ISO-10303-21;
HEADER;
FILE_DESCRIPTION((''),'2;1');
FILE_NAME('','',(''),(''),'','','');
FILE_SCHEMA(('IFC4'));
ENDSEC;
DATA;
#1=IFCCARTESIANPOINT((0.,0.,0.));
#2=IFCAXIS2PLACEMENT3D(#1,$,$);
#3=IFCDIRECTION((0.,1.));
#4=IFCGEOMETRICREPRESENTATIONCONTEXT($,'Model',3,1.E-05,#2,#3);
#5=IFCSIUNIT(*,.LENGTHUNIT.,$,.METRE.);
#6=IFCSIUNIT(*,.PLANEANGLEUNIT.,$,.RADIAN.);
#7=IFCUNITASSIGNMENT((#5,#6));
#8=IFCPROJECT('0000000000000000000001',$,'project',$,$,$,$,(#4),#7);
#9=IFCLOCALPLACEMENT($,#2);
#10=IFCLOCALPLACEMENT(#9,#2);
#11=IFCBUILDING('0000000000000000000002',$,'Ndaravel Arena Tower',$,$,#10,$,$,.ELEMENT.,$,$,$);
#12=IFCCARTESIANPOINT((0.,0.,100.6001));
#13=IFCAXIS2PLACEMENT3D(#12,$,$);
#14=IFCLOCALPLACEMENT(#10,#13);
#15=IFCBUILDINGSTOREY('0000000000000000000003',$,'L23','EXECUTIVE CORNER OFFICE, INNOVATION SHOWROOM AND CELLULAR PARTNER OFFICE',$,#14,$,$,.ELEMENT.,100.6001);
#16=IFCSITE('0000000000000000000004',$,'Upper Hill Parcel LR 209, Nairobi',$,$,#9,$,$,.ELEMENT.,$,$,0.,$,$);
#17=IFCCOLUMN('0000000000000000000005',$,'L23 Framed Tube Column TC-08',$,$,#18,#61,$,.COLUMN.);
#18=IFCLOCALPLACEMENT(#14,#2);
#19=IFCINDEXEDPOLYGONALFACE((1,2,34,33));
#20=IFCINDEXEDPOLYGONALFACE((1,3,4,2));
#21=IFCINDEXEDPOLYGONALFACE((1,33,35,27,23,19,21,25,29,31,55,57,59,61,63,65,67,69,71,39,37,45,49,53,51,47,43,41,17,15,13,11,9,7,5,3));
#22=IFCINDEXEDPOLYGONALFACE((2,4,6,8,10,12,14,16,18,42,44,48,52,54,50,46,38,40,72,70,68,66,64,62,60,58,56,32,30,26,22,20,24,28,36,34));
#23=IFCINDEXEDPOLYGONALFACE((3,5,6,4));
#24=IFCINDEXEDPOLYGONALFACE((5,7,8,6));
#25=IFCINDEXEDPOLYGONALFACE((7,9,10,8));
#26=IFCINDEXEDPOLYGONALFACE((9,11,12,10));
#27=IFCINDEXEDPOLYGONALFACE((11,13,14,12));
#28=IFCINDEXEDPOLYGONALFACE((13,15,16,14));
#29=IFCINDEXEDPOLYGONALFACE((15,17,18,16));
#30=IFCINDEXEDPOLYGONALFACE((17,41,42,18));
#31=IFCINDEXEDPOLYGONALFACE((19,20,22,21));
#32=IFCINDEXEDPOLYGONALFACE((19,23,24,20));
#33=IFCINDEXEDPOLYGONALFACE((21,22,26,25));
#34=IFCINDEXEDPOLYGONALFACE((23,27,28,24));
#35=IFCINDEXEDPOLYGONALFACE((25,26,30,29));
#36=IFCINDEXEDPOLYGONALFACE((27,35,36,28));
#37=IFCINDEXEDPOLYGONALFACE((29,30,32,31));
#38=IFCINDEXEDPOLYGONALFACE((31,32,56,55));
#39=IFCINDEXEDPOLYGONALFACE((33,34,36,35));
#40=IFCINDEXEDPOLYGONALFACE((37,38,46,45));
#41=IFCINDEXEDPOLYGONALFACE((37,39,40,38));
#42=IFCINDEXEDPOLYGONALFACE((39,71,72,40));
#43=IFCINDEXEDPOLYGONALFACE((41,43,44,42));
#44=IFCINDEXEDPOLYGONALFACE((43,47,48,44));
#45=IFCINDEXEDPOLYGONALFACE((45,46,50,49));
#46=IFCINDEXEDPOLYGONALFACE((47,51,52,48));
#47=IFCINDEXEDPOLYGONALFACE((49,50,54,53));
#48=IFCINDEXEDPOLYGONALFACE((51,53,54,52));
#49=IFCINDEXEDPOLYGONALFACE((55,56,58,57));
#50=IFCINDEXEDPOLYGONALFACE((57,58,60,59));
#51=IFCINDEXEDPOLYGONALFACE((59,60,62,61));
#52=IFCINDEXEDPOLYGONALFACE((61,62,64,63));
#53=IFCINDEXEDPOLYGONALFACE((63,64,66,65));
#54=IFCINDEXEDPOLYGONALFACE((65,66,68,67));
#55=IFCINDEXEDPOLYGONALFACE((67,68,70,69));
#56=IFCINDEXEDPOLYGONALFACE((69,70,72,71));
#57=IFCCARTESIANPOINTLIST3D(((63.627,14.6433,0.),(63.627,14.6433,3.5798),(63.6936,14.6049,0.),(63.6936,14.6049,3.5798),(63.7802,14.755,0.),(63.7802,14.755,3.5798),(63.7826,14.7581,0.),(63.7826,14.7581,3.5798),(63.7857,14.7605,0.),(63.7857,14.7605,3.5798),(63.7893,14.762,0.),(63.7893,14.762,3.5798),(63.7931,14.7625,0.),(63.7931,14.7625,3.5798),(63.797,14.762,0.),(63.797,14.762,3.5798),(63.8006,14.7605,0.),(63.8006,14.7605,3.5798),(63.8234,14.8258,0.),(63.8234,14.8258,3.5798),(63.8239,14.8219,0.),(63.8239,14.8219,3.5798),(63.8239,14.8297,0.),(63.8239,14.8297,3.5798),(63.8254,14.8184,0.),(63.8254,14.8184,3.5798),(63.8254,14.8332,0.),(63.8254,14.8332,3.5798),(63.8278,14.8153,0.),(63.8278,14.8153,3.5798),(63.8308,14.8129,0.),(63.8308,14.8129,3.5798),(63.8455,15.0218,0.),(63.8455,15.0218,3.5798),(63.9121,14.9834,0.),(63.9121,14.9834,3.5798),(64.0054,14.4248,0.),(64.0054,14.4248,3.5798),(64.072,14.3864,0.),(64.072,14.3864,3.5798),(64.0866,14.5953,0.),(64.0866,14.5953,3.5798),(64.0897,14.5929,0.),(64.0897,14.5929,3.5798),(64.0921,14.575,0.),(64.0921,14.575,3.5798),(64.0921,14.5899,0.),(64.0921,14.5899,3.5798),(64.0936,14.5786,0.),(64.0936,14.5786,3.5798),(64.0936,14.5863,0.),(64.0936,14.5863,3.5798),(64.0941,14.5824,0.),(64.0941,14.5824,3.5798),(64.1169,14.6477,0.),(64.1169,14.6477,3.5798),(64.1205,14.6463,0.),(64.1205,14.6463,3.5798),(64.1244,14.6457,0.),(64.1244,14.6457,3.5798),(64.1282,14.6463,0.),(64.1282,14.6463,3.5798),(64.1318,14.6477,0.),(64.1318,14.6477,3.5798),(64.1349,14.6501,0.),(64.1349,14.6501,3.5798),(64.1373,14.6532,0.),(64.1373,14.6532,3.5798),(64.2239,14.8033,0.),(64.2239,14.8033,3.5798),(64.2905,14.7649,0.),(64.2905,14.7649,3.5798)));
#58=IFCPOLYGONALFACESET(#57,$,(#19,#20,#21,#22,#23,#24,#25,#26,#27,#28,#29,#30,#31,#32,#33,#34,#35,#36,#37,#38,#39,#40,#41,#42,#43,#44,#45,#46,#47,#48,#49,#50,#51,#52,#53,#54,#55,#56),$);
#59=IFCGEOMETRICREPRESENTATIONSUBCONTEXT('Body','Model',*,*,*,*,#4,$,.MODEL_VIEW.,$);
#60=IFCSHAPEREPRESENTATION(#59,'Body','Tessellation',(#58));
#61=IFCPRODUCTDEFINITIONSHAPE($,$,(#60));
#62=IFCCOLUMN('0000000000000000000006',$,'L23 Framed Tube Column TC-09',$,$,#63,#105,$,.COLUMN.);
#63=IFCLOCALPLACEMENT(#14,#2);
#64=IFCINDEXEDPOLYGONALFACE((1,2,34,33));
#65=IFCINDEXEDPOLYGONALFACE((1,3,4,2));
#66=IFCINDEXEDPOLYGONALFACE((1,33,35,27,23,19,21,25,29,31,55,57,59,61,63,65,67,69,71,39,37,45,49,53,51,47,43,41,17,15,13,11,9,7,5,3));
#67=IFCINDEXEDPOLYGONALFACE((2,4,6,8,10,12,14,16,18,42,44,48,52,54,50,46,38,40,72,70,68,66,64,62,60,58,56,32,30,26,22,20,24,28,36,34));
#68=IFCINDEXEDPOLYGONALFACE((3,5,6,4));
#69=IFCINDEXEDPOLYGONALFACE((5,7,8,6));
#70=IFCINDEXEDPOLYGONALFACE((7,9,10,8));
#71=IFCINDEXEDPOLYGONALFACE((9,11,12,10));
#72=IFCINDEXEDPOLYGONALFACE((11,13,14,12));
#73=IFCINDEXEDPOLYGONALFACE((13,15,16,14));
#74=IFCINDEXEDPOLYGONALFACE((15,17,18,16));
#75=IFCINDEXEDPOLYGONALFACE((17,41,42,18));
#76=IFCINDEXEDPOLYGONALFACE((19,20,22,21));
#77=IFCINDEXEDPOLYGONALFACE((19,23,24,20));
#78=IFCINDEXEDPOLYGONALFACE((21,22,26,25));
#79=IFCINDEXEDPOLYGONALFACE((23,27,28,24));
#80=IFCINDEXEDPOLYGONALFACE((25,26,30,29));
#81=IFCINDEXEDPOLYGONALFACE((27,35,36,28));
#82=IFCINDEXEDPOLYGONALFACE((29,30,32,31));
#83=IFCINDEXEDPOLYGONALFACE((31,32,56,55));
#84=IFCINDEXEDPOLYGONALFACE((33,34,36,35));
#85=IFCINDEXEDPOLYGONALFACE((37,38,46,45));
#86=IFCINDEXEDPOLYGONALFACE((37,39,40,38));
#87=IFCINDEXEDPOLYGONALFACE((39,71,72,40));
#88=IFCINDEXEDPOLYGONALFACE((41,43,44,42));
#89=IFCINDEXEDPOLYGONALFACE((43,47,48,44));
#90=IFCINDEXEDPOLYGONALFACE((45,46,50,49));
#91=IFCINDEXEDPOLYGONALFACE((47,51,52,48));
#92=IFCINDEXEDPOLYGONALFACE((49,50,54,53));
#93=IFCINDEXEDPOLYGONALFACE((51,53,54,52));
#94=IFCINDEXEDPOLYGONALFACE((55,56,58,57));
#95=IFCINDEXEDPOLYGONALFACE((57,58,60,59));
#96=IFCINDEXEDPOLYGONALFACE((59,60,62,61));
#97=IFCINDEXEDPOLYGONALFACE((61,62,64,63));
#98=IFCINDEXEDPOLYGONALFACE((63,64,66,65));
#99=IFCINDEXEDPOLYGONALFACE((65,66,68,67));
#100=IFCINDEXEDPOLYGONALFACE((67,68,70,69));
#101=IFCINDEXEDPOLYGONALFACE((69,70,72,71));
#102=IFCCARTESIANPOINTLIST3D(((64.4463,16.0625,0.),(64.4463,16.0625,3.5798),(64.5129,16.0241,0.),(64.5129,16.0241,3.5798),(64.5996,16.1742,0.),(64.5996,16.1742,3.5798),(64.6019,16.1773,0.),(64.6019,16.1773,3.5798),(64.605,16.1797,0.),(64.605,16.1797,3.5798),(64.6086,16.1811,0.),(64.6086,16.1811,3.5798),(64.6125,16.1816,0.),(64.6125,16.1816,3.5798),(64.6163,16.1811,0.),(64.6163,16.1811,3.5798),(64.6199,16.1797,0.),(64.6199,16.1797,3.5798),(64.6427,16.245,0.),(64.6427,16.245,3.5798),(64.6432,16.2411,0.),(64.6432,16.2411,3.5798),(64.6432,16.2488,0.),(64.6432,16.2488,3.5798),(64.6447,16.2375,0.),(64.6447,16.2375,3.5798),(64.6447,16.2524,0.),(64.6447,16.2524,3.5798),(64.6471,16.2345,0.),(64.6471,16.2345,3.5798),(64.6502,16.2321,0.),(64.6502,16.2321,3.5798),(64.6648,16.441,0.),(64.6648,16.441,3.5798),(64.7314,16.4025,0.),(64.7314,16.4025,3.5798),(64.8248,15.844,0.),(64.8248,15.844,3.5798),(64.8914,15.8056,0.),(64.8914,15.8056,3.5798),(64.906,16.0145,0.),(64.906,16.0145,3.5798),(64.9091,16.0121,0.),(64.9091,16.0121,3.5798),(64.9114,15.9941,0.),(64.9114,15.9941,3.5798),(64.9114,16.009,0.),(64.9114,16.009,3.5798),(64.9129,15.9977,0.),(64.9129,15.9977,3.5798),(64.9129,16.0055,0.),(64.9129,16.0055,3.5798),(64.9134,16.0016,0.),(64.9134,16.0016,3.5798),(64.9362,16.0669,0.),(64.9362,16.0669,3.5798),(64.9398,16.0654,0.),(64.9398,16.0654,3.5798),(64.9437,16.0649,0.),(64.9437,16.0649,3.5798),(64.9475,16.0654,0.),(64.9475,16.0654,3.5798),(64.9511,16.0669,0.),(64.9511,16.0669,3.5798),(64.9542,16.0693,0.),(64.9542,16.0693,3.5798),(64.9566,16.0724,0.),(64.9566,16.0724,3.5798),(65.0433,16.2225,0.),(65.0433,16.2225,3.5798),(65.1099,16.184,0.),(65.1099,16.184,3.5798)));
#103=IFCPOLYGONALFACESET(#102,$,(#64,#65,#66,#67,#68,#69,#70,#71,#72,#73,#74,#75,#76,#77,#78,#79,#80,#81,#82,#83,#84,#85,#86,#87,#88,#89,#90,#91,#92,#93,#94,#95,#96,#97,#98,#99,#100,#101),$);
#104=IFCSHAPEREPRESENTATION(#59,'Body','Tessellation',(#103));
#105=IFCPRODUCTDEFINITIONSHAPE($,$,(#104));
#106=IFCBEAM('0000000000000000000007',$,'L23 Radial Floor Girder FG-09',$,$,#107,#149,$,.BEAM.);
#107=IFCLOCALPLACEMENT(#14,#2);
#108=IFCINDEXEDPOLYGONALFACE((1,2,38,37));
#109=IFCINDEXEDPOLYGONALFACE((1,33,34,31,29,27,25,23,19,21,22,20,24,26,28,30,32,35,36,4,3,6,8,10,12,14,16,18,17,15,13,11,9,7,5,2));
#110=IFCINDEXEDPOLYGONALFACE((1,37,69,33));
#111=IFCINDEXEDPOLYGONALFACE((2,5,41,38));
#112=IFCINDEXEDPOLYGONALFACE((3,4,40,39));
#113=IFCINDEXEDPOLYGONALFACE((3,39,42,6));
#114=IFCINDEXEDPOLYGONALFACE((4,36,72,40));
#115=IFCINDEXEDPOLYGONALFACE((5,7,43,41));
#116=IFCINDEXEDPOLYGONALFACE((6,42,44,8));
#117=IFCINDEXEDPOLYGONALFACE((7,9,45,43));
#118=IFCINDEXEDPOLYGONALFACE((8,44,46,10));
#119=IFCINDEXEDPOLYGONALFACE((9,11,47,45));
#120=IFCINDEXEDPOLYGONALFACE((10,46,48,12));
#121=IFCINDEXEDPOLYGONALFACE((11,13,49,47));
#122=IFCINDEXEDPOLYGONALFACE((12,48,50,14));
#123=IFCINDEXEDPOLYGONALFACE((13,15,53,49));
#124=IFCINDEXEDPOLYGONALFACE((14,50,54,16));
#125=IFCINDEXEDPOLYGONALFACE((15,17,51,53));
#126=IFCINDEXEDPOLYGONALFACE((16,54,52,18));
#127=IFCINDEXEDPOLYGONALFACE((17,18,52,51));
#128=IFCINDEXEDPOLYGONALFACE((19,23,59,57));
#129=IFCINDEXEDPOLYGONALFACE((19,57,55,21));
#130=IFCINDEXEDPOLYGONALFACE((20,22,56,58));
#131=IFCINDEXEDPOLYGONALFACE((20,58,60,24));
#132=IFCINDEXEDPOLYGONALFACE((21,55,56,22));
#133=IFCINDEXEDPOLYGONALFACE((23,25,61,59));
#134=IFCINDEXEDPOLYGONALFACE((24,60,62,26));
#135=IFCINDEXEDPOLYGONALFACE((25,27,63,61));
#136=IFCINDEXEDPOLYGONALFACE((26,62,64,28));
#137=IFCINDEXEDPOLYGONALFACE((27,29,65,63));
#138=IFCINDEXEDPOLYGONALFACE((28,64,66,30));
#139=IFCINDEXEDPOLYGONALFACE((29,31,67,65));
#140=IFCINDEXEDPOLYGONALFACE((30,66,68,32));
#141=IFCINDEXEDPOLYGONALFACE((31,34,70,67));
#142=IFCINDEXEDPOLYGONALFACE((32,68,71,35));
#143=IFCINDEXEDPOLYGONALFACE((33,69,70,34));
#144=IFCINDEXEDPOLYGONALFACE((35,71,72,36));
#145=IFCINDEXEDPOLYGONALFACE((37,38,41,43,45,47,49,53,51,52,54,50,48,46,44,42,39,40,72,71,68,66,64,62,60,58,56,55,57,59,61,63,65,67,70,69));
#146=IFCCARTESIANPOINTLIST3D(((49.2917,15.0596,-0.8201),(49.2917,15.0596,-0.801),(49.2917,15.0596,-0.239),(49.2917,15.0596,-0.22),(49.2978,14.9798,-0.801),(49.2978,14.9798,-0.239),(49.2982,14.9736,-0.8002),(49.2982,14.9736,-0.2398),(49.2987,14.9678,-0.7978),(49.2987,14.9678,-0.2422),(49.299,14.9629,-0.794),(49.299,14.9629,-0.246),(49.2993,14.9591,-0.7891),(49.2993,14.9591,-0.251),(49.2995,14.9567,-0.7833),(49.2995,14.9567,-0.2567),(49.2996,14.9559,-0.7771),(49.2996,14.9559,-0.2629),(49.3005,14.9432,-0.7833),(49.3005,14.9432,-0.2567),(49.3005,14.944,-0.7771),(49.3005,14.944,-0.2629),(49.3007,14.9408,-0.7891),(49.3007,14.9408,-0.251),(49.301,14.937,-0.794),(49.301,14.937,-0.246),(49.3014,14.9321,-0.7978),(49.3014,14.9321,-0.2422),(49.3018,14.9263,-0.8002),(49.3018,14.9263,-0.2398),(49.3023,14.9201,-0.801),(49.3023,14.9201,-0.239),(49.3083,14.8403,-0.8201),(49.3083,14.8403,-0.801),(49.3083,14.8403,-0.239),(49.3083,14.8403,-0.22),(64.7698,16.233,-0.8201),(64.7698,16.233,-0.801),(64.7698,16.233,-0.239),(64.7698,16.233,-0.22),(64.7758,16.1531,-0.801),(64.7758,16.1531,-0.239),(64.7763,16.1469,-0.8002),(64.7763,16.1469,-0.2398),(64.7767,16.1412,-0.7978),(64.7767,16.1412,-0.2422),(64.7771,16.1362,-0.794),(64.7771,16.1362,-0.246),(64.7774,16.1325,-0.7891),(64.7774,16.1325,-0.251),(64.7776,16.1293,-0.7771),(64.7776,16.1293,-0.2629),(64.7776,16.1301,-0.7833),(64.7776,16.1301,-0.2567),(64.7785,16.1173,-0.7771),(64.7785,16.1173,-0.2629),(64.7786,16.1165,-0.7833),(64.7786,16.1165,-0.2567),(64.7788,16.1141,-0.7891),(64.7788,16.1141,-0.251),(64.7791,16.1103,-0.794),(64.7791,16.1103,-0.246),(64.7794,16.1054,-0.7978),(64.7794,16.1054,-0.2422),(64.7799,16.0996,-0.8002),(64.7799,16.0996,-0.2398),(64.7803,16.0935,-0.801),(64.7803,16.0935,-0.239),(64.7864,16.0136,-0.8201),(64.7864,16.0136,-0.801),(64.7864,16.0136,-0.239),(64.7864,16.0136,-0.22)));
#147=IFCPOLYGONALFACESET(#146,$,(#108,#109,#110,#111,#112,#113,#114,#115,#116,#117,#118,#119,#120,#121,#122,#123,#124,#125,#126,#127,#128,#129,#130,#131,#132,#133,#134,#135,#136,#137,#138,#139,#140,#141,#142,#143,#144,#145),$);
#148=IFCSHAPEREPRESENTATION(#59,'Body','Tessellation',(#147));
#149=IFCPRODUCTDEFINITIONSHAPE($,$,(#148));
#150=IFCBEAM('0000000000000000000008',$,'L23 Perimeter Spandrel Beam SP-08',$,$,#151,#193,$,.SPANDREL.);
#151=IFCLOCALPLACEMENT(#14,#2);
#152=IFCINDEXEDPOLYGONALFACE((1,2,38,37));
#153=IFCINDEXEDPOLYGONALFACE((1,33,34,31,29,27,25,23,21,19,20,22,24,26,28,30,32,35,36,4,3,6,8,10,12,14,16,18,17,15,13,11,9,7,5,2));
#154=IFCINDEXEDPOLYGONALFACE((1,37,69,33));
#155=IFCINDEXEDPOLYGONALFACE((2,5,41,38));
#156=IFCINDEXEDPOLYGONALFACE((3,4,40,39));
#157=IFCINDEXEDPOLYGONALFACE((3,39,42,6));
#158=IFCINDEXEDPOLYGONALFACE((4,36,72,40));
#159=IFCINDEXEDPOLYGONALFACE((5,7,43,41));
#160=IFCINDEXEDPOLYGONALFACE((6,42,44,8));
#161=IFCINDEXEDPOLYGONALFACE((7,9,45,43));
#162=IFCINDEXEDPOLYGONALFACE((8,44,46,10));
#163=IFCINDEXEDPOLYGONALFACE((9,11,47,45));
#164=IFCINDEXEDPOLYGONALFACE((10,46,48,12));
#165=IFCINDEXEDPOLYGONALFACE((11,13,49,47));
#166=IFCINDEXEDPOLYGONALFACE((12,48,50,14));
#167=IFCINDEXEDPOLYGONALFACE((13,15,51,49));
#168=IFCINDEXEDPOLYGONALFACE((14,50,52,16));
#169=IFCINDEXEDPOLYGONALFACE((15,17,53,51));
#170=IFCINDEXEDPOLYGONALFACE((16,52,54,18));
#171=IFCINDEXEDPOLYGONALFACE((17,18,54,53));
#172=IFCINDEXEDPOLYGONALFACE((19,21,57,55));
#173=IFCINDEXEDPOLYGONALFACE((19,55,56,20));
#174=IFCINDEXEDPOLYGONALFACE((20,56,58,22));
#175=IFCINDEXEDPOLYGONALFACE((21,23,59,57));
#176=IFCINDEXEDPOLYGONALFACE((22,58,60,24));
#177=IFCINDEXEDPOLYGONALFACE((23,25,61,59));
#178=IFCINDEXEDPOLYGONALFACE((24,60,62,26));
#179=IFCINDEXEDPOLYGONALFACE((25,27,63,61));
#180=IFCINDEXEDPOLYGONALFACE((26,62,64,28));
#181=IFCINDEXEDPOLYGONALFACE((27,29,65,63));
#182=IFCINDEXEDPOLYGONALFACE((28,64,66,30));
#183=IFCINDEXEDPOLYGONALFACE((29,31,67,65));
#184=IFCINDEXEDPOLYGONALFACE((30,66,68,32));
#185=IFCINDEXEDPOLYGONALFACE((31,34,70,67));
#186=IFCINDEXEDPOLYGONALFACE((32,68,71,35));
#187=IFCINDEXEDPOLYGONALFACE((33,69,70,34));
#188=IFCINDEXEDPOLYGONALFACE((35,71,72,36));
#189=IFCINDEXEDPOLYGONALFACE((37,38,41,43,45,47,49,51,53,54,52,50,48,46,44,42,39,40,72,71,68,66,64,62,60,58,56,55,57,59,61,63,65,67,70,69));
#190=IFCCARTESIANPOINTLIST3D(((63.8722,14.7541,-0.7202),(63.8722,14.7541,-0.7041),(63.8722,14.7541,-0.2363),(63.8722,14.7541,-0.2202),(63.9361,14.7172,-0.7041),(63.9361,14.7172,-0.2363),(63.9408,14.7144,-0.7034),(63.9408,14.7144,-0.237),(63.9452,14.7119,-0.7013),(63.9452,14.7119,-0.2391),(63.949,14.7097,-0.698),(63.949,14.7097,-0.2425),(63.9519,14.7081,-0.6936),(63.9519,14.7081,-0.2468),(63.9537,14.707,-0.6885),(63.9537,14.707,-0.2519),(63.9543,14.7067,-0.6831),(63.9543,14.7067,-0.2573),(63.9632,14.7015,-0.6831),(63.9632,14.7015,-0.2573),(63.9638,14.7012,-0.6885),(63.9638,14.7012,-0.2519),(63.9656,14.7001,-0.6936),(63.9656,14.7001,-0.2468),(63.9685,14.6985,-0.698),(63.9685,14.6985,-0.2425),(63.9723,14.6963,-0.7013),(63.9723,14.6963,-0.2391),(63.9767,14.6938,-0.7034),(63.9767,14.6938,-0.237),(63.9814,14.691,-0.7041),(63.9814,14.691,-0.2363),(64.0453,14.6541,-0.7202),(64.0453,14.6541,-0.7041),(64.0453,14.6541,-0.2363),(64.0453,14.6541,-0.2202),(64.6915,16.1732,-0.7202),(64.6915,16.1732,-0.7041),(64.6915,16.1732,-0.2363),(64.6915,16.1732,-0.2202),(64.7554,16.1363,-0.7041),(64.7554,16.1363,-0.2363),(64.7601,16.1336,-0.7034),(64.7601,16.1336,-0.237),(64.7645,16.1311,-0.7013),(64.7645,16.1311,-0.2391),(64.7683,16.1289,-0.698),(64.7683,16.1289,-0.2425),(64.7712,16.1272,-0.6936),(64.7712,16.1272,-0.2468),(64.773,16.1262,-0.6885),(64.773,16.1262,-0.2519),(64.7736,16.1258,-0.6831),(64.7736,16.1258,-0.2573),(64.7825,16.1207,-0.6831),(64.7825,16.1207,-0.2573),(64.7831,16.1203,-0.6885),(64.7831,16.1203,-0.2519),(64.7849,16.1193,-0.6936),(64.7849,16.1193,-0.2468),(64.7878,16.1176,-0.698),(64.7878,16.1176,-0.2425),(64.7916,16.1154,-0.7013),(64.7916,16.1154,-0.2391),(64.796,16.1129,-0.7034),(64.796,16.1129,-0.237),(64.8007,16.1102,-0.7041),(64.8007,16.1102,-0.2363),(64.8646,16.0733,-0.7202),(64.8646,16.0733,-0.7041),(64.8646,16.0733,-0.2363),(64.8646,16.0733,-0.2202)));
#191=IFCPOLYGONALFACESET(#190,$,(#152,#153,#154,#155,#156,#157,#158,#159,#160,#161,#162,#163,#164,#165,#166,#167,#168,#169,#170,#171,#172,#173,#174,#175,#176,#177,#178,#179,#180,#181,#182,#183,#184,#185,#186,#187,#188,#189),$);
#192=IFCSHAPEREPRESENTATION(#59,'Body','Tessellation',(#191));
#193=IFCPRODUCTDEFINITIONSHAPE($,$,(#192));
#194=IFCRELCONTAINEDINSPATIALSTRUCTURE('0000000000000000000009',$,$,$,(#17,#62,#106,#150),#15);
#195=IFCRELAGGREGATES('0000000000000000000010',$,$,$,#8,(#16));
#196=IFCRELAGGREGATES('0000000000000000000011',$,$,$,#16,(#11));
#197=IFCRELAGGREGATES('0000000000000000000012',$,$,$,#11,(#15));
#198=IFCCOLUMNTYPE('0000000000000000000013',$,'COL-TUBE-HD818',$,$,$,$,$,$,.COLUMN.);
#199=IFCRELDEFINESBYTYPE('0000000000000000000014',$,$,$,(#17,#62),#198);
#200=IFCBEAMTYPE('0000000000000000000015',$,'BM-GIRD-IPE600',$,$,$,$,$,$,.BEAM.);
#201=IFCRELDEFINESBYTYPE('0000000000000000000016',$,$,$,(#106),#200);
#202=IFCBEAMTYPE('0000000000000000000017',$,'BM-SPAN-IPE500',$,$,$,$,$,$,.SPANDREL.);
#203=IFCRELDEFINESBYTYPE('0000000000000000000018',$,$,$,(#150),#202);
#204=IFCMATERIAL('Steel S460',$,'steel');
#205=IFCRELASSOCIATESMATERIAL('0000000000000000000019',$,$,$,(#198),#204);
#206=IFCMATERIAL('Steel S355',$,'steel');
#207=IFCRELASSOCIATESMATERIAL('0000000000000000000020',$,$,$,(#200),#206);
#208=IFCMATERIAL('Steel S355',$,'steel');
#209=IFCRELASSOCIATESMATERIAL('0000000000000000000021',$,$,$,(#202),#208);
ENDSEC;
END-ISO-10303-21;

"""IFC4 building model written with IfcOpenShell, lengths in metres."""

from ifc_helpers import new_model, si_unit, direction, frame, origin, origin_2d, place, context, subcontext, project, spatial, i_section, extrude, material, material_profile, profile_set, type_object, element, save


model = new_model("IFC4")

# Units and contexts
model_context = context("Model", 3, precision=1e-05, world=origin(), true_north=direction((0.0, 1.0)))
body_context = subcontext(model_context, "Body", "Model", "MODEL_VIEW")
ifc_project = project(units=[si_unit("LENGTHUNIT", "METRE"), si_unit("PLANEANGLEUNIT", "RADIAN")], contexts=[model_context])

# Site, building, storey
site_placement = place(None, origin())
site = spatial("IfcSite", under=ifc_project, at=site_placement, Name="Upper Hill Parcel LR 209, Nairobi", CompositionType="ELEMENT", RefElevation=0.0)
building_placement = place(site_placement, origin())
building = spatial("IfcBuilding", under=site, at=building_placement, Name="Ndaravel Arena Tower", CompositionType="ELEMENT")
storey_placement = place(building_placement, frame((0.0, 0.0, 100.6001)))
storey = spatial("IfcBuildingStorey", under=building, at=storey_placement, Name="L23", Description="EXECUTIVE CORNER OFFICE, INNOVATION SHOWROOM AND CELLULAR PARTNER OFFICE", CompositionType="ELEMENT", Elevation=100.6001)

# Columns
ifc_material_1 = material(Name="Steel S460", Category="steel")
ifc_material_profile_1 = material_profile(ifc_material_1, i_section(OverallWidth=0.437, OverallDepth=0.5139, WebThickness=0.0605, FlangeThickness=0.0769, FilletRadius=0.0149, at=origin_2d()), Name="HD 400x818")
ifc_profile_set_1 = profile_set([ifc_material_profile_1], Name="Steel S460")
column_type = type_object("IfcColumnType", Name="COL-TUBE-HD818", PredefinedType="COLUMN", material=ifc_profile_set_1)
for number, where, z_axis, x_axis, name in (
    (1, (63.9587, 14.7041, 0.0), (0.0, 0.0, 1.0), (0.5, 0.866025, 0.0), "L23 Framed Tube Column TC-08"),
    (2, (64.7781, 16.1233, 0.0), (0.0, 0.0, 1.0), (0.5, 0.866025, 0.0), "L23 Framed Tube Column TC-09"),
):
    element("IfcColumn", number, at=place(storey_placement, frame(where, z_axis=z_axis, x_axis=x_axis)), inside=storey, type_object=column_type, Name=name, PredefinedType="COLUMN", context=body_context, shape_type="SweptSolid", body=[
        extrude(i_section(OverallWidth=0.437, OverallDepth=0.5139, WebThickness=0.0605, FlangeThickness=0.0769, FilletRadius=0.0149, at=origin_2d()), origin(), (0.0, 0.0, 1.0), 3.5798),
    ])

# Beams
ifc_material_2 = material(Name="Steel S355", Category="steel")
ifc_material_profile_2 = material_profile(ifc_material_2, i_section(OverallWidth=0.22, OverallDepth=0.6001, WebThickness=0.012, FlangeThickness=0.019, FilletRadius=0.0239, at=origin_2d()), Name="IPE 600")
ifc_profile_set_2 = profile_set([ifc_material_profile_2], Name="Steel S355")
beam_type_1 = type_object("IfcBeamType", Name="BM-GIRD-IPE600", PredefinedType="BEAM", material=ifc_profile_set_2)
beam_1_placement = place(storey_placement, frame((64.7781, 16.1233, -0.52), z_axis=(-0.997139, -0.07559, 0.0), x_axis=(0.07559, -0.997139, 0.0)))
element("IfcBeam", 3, at=beam_1_placement, inside=storey, type_object=beam_type_1, Name="L23 Radial Floor Girder FG-09", PredefinedType="BEAM", context=body_context, shape_type="SweptSolid", body=[
    extrude(i_section(OverallWidth=0.22, OverallDepth=0.6001, WebThickness=0.012, FlangeThickness=0.019, FilletRadius=0.0239, at=origin_2d()), origin(), (0.0, 0.0, 1.0), 15.5225),
])
ifc_material_3 = material(Name="Steel S355", Category="steel")
ifc_material_profile_3 = material_profile(ifc_material_3, i_section(OverallWidth=0.2, OverallDepth=0.5, WebThickness=0.0103, FlangeThickness=0.0161, FilletRadius=0.021, at=origin_2d()), Name="IPE 500")
ifc_profile_set_3 = profile_set([ifc_material_profile_3], Name="Steel S355")
beam_type_2 = type_object("IfcBeamType", Name="BM-SPAN-IPE500", PredefinedType="SPANDREL", material=ifc_profile_set_3)
beam_2_placement = place(storey_placement, frame((63.9587, 14.7041, -0.4702), z_axis=(0.499985, 0.866034, 0.0), x_axis=(-0.866034, 0.499985, 0.0)))
element("IfcBeam", 4, at=beam_2_placement, inside=storey, type_object=beam_type_2, Name="L23 Perimeter Spandrel Beam SP-08", PredefinedType="SPANDREL", context=body_context, shape_type="SweptSolid", body=[
    extrude(i_section(OverallWidth=0.2, OverallDepth=0.5, WebThickness=0.0103, FlangeThickness=0.0161, FilletRadius=0.021, at=origin_2d()), origin(), (0.0, 0.0, 1.0), 1.6387),
])

save(model, "model.ifc")
